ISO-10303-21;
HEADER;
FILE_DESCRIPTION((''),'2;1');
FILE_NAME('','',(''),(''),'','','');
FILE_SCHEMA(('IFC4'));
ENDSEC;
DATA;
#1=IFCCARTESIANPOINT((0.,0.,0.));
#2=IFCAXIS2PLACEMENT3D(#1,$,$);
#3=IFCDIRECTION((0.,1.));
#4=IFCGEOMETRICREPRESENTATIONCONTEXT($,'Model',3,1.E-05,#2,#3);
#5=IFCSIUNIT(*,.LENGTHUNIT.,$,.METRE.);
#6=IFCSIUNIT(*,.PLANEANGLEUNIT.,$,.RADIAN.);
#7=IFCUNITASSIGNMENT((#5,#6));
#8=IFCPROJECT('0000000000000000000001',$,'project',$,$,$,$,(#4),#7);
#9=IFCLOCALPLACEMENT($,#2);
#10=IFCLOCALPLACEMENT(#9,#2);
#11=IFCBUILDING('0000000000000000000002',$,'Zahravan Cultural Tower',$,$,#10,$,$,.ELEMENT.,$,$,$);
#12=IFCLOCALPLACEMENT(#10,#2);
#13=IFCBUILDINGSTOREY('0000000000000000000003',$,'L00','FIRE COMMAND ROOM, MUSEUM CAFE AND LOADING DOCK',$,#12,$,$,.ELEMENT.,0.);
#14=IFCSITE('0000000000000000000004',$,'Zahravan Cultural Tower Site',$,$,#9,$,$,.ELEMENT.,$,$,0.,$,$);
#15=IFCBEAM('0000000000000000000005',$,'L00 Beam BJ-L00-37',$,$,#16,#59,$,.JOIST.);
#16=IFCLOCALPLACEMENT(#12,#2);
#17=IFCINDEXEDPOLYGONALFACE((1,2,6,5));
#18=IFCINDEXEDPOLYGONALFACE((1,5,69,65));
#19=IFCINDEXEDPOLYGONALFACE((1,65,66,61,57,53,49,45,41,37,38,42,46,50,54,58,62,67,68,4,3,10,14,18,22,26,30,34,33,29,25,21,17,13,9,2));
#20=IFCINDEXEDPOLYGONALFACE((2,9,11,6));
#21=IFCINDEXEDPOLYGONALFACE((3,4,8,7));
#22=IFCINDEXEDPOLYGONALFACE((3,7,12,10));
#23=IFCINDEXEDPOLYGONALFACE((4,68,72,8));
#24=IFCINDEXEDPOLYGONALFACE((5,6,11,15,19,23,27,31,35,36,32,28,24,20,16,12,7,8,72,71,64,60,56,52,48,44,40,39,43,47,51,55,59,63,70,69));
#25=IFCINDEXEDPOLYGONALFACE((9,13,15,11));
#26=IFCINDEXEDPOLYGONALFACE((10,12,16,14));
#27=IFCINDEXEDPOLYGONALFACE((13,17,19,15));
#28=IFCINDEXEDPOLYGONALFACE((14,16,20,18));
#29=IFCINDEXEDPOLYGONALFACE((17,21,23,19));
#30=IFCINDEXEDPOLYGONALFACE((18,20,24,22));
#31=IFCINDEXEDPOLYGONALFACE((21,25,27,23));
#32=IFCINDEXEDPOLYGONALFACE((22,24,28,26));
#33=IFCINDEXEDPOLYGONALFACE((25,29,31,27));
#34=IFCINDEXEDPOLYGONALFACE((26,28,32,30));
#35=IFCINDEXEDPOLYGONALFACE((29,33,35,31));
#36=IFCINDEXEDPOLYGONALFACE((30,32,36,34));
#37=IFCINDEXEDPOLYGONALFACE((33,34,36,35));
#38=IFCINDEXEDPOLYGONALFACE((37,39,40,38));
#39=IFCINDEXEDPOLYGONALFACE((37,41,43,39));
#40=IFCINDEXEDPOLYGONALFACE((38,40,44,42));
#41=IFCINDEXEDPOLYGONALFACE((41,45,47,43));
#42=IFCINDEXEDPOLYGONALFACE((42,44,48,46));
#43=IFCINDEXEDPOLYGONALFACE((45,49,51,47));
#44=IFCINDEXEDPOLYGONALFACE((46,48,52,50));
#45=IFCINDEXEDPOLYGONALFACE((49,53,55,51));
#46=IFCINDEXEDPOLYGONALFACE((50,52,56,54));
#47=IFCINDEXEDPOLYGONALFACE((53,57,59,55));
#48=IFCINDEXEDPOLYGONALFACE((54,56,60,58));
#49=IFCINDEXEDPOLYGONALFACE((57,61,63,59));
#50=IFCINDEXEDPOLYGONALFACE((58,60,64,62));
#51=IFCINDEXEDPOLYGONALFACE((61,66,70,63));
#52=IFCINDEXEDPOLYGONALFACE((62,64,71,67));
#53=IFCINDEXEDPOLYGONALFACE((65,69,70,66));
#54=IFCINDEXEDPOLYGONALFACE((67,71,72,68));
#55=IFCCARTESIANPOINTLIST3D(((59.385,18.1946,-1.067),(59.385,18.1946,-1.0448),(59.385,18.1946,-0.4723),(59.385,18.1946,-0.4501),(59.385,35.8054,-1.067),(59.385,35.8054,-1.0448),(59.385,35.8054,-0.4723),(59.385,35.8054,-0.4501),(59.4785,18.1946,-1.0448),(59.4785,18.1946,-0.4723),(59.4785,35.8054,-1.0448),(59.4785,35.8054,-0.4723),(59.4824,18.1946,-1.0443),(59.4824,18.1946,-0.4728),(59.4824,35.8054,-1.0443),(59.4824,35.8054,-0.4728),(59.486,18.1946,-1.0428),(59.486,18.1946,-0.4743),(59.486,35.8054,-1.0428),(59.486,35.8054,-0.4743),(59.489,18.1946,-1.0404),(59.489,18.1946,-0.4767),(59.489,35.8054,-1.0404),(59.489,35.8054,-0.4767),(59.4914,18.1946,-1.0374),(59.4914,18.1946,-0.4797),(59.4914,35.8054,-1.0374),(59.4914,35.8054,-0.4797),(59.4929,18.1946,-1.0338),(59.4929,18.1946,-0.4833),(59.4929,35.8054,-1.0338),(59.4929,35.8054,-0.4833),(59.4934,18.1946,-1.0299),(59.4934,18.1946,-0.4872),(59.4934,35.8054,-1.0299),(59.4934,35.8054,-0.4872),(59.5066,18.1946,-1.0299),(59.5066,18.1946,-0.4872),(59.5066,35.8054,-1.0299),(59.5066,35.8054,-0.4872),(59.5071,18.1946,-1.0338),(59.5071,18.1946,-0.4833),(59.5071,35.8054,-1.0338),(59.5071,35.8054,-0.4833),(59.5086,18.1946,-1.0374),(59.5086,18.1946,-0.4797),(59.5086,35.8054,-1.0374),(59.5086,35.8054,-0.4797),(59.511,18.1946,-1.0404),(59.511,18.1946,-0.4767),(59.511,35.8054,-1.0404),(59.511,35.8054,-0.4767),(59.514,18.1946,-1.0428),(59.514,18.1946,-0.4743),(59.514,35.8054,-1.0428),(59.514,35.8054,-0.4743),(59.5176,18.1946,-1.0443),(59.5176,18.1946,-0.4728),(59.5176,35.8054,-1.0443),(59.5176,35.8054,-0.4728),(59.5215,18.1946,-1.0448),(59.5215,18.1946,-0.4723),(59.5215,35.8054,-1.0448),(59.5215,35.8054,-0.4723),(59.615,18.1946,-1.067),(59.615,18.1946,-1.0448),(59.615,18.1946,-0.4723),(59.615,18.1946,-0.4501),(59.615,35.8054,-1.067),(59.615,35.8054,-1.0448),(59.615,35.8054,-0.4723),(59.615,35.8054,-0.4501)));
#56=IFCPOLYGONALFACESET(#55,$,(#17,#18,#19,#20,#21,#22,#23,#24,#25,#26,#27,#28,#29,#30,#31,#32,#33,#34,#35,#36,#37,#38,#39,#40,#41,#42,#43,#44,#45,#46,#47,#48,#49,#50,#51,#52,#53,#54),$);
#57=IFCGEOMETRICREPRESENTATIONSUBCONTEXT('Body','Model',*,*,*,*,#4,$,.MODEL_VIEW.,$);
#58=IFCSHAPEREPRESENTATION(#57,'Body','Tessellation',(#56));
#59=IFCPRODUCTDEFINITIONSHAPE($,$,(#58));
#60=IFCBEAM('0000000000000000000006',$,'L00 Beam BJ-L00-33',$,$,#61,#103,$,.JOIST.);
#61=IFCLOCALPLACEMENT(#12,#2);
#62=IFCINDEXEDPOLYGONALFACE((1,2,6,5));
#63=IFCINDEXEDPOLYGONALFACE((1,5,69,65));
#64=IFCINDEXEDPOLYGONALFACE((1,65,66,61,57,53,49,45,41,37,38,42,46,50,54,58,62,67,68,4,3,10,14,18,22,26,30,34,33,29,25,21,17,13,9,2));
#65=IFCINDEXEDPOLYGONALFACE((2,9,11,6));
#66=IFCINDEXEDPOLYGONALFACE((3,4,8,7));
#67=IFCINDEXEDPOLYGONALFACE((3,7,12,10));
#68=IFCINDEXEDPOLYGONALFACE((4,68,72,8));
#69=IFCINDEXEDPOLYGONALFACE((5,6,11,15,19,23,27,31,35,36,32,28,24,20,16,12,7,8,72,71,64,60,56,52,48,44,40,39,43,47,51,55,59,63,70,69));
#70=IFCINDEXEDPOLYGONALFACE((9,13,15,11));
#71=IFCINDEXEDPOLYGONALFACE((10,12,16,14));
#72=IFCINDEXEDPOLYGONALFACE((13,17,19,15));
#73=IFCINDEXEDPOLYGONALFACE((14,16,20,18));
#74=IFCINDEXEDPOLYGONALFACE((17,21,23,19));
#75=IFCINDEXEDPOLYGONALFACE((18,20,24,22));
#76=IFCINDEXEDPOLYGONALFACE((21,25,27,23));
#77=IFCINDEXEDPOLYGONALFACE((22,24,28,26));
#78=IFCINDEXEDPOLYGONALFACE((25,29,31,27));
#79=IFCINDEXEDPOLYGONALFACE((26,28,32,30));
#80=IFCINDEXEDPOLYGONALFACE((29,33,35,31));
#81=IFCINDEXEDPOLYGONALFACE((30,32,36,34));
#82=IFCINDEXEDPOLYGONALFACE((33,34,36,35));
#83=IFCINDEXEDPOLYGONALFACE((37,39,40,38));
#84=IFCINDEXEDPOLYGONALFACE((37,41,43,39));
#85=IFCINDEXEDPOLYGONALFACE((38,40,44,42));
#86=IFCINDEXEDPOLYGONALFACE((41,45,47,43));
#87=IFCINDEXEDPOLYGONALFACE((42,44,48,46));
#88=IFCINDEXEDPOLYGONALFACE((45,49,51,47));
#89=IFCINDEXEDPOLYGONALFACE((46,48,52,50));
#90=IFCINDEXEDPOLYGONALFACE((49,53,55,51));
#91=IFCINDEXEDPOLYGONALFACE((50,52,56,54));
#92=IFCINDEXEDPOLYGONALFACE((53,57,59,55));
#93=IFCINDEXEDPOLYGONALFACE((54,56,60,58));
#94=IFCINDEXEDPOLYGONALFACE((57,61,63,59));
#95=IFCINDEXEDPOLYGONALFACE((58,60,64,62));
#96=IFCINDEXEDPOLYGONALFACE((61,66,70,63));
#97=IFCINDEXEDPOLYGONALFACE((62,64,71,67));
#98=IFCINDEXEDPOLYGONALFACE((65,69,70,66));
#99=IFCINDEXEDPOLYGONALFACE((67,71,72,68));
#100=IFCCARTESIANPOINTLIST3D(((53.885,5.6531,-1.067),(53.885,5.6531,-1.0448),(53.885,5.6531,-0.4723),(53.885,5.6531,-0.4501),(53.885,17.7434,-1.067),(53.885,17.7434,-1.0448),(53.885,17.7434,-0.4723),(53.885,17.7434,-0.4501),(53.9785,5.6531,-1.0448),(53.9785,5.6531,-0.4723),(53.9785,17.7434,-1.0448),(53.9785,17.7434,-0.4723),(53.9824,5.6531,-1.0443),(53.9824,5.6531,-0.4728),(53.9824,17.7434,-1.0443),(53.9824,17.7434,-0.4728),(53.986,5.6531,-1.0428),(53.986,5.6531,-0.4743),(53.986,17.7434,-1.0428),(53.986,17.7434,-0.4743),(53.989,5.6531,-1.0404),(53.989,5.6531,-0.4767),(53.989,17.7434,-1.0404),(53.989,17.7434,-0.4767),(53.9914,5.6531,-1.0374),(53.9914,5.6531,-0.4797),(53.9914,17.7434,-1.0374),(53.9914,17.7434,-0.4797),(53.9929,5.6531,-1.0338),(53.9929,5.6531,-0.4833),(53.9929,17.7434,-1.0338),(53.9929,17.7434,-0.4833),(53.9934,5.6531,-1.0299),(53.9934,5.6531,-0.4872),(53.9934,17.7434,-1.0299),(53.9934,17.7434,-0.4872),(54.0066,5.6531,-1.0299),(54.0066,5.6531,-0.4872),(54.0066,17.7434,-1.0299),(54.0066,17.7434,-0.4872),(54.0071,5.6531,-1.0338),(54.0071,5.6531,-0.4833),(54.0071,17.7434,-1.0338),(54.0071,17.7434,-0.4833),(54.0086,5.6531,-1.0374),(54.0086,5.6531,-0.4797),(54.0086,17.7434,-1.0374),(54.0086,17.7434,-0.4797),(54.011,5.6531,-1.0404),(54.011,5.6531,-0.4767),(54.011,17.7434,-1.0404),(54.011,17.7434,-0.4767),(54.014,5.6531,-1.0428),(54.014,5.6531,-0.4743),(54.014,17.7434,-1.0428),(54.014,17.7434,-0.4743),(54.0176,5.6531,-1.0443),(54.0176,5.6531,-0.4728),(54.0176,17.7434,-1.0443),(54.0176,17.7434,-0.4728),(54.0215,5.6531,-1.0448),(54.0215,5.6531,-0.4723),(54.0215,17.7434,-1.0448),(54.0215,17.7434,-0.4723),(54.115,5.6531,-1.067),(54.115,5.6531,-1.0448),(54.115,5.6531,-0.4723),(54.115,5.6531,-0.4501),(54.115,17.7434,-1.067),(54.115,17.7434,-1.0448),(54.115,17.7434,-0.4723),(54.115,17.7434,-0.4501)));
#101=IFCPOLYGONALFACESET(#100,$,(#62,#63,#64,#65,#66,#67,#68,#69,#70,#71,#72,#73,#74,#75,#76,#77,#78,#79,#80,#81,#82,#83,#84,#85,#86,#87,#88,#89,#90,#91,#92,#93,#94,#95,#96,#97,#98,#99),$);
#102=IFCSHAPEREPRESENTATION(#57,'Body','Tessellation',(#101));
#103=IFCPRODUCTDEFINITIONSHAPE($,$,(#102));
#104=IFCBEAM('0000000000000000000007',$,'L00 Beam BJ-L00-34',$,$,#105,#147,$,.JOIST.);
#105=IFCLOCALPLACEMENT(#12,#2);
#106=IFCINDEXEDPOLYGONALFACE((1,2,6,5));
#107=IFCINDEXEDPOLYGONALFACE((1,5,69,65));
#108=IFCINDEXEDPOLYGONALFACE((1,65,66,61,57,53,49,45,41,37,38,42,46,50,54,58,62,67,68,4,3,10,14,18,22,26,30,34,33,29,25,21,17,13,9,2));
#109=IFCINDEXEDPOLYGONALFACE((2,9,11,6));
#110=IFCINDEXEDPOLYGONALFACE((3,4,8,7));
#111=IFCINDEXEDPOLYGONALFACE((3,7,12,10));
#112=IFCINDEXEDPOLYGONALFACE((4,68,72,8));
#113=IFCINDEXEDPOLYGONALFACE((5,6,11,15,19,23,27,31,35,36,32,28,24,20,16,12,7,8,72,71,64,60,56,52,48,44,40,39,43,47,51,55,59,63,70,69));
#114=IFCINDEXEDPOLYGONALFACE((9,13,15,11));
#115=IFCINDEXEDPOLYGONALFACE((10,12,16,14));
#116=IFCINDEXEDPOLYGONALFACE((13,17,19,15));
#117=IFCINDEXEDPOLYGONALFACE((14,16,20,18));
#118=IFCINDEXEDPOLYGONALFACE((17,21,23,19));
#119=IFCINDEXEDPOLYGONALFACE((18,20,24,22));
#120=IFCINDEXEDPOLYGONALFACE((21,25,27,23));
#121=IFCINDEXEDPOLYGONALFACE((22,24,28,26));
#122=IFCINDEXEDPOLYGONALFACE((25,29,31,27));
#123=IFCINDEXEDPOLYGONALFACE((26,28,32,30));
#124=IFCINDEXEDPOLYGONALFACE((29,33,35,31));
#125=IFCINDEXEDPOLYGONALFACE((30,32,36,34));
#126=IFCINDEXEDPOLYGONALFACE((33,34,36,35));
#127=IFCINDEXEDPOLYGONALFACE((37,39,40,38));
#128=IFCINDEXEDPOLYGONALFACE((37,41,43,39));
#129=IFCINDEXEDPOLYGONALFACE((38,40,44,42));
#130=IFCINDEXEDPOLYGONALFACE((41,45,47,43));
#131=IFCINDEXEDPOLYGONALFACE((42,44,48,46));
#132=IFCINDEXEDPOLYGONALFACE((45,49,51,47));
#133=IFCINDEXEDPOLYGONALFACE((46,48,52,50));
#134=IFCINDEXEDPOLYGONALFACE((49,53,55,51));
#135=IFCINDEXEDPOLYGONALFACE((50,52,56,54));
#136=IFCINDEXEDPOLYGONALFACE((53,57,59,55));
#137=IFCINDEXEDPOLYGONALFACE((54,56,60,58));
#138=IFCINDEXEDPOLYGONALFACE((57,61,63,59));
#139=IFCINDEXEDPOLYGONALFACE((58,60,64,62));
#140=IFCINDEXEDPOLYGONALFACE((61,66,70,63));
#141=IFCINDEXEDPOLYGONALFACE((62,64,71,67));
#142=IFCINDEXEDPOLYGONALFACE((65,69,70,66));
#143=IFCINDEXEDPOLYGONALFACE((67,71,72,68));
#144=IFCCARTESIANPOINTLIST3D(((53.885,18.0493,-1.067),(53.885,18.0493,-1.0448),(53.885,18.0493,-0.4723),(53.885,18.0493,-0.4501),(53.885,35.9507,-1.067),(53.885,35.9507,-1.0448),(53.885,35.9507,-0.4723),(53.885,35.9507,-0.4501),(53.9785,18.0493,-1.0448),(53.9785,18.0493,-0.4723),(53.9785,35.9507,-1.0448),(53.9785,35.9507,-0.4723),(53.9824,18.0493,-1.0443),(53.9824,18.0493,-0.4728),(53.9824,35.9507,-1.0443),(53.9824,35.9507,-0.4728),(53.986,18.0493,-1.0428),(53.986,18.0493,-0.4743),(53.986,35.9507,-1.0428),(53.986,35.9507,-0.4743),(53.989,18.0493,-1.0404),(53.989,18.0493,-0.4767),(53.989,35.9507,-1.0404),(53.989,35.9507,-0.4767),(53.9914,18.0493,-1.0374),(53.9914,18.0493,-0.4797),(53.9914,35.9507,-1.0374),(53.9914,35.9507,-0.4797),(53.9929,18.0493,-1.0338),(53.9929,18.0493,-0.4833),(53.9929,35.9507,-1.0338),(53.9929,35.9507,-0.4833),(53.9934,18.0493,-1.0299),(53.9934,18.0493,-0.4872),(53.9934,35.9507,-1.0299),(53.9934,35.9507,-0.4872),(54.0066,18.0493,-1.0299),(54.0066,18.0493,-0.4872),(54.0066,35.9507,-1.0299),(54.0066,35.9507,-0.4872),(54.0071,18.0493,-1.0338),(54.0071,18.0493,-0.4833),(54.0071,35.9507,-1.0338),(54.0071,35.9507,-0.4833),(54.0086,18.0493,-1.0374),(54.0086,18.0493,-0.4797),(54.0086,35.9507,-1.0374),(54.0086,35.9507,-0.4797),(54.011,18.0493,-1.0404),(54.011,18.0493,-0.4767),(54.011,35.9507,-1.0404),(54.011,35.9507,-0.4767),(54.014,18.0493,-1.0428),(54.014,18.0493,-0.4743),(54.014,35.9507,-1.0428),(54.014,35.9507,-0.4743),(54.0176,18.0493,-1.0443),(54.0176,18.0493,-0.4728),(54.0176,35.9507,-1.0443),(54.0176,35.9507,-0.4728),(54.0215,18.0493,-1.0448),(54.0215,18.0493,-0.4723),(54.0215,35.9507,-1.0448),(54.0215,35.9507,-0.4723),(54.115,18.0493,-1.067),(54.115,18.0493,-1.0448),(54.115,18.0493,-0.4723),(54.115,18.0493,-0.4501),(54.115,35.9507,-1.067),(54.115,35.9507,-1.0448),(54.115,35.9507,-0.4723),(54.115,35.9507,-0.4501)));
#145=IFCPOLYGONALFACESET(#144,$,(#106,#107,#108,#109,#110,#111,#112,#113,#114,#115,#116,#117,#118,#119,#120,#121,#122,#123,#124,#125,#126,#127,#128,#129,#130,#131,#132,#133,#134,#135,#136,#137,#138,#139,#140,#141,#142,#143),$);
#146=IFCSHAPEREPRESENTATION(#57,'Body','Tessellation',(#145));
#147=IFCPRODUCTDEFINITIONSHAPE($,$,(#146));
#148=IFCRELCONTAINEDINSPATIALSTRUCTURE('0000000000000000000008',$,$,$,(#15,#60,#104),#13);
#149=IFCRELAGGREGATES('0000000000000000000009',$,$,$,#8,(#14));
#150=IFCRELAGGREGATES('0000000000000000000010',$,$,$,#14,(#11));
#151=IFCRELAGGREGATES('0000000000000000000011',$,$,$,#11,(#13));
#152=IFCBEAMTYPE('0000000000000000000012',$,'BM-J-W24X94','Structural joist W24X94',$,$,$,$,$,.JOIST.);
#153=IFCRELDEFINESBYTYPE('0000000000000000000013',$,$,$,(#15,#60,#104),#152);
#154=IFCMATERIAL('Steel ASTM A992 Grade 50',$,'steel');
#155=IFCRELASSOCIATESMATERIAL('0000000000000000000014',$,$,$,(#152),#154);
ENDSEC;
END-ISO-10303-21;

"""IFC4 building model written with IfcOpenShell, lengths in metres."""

from ifc_helpers import new_model, si_unit, direction, frame, origin, origin_2d, place, context, subcontext, project, spatial, i_section, extrude, source, transform, mapped, material, material_profile, profile_set, type_object, element, save


model = new_model("IFC4")

# Units and contexts
model_context = context("Model", 3, precision=1e-05, world=origin(), true_north=direction((0.0, 1.0)))
body_context = subcontext(model_context, "Body", "Model", "MODEL_VIEW")
ifc_project = project(units=[si_unit("LENGTHUNIT", "METRE"), si_unit("PLANEANGLEUNIT", "RADIAN")], contexts=[model_context])

# Site, building, storey
site_placement = place(None, origin())
site = spatial("IfcSite", under=ifc_project, at=site_placement, Name="Zahravan Cultural Tower Site", CompositionType="ELEMENT", RefElevation=0.0)
building_placement = place(site_placement, origin())
building = spatial("IfcBuilding", under=site, at=building_placement, Name="Zahravan Cultural Tower", CompositionType="ELEMENT")
storey_placement = place(building_placement, origin())
storey = spatial("IfcBuildingStorey", under=building, at=storey_placement, Name="L00", Description="FIRE COMMAND ROOM, MUSEUM CAFE AND LOADING DOCK", CompositionType="ELEMENT", Elevation=0.0)

# Beams
ifc_material_1 = material(Name="Steel ASTM A992 Grade 50", Category="steel")
ifc_material_profile_1 = material_profile(ifc_material_1, i_section(OverallWidth=0.23, OverallDepth=0.6169, WebThickness=0.0132, FlangeThickness=0.0222, FilletRadius=0.0149, at=origin_2d()), Name="W24X94")
ifc_profile_set_1 = profile_set([ifc_material_profile_1], Name="Steel ASTM A992 Grade 50")
beam_type_1 = type_object("IfcBeamType", Name="BM-J-W24X94", Description="Structural joist W24X94", PredefinedType="JOIST", material=ifc_profile_set_1)
shared_shape_1 = source(origin(), body_context, "Body", "SweptSolid", [
    extrude(i_section(OverallWidth=0.23, OverallDepth=0.6169, WebThickness=0.0132, FlangeThickness=0.0222, FilletRadius=0.0149, at=origin_2d()), origin(), (0.0, 0.0, 1.0), 17.6108),
])
beam_1_placement = place(storey_placement, frame((59.5, 18.1946, -0.7585), z_axis=(0.0, 1.0, 0.0), x_axis=(-1.0, 0.0, 0.0)))
element("IfcBeam", 1, at=beam_1_placement, inside=storey, type_object=beam_type_1, Name="L00 Beam BJ-L00-37", PredefinedType="JOIST", context=body_context, shape_type="MappedRepresentation", body=[
    mapped(shared_shape_1, transform((0.0, 0.0, 0.0), x_axis=(1.0, 0.0, 0.0), y_axis=(0.0, 1.0, 0.0), z_axis=(0.0, 0.0, 1.0), scale=1.0)),
])
shared_shape_2 = source(origin(), body_context, "Body", "SweptSolid", [
    extrude(i_section(OverallWidth=0.23, OverallDepth=0.6169, WebThickness=0.0132, FlangeThickness=0.0222, FilletRadius=0.0149, at=origin_2d()), origin(), (0.0, 0.0, 1.0), 12.0903),
])
beam_2_placement = place(storey_placement, frame((54.0, 5.6531, -0.7585), z_axis=(0.0, 1.0, 0.0), x_axis=(-1.0, 0.0, 0.0)))
element("IfcBeam", 2, at=beam_2_placement, inside=storey, type_object=beam_type_1, Name="L00 Beam BJ-L00-33", PredefinedType="JOIST", context=body_context, shape_type="MappedRepresentation", body=[
    mapped(shared_shape_2, transform((0.0, 0.0, 0.0), x_axis=(1.0, 0.0, 0.0), y_axis=(0.0, 1.0, 0.0), z_axis=(0.0, 0.0, 1.0), scale=1.0)),
])
shared_shape_3 = source(origin(), body_context, "Body", "SweptSolid", [
    extrude(i_section(OverallWidth=0.23, OverallDepth=0.6169, WebThickness=0.0132, FlangeThickness=0.0222, FilletRadius=0.0149, at=origin_2d()), origin(), (0.0, 0.0, 1.0), 17.9014),
])
beam_3_placement = place(storey_placement, frame((54.0, 18.0493, -0.7585), z_axis=(0.0, 1.0, 0.0), x_axis=(-1.0, 0.0, 0.0)))
element("IfcBeam", 3, at=beam_3_placement, inside=storey, type_object=beam_type_1, Name="L00 Beam BJ-L00-34", PredefinedType="JOIST", context=body_context, shape_type="MappedRepresentation", body=[
    mapped(shared_shape_3, transform((0.0, 0.0, 0.0), x_axis=(1.0, 0.0, 0.0), y_axis=(0.0, 1.0, 0.0), z_axis=(0.0, 0.0, 1.0), scale=1.0)),
])

save(model, "model.ifc")
